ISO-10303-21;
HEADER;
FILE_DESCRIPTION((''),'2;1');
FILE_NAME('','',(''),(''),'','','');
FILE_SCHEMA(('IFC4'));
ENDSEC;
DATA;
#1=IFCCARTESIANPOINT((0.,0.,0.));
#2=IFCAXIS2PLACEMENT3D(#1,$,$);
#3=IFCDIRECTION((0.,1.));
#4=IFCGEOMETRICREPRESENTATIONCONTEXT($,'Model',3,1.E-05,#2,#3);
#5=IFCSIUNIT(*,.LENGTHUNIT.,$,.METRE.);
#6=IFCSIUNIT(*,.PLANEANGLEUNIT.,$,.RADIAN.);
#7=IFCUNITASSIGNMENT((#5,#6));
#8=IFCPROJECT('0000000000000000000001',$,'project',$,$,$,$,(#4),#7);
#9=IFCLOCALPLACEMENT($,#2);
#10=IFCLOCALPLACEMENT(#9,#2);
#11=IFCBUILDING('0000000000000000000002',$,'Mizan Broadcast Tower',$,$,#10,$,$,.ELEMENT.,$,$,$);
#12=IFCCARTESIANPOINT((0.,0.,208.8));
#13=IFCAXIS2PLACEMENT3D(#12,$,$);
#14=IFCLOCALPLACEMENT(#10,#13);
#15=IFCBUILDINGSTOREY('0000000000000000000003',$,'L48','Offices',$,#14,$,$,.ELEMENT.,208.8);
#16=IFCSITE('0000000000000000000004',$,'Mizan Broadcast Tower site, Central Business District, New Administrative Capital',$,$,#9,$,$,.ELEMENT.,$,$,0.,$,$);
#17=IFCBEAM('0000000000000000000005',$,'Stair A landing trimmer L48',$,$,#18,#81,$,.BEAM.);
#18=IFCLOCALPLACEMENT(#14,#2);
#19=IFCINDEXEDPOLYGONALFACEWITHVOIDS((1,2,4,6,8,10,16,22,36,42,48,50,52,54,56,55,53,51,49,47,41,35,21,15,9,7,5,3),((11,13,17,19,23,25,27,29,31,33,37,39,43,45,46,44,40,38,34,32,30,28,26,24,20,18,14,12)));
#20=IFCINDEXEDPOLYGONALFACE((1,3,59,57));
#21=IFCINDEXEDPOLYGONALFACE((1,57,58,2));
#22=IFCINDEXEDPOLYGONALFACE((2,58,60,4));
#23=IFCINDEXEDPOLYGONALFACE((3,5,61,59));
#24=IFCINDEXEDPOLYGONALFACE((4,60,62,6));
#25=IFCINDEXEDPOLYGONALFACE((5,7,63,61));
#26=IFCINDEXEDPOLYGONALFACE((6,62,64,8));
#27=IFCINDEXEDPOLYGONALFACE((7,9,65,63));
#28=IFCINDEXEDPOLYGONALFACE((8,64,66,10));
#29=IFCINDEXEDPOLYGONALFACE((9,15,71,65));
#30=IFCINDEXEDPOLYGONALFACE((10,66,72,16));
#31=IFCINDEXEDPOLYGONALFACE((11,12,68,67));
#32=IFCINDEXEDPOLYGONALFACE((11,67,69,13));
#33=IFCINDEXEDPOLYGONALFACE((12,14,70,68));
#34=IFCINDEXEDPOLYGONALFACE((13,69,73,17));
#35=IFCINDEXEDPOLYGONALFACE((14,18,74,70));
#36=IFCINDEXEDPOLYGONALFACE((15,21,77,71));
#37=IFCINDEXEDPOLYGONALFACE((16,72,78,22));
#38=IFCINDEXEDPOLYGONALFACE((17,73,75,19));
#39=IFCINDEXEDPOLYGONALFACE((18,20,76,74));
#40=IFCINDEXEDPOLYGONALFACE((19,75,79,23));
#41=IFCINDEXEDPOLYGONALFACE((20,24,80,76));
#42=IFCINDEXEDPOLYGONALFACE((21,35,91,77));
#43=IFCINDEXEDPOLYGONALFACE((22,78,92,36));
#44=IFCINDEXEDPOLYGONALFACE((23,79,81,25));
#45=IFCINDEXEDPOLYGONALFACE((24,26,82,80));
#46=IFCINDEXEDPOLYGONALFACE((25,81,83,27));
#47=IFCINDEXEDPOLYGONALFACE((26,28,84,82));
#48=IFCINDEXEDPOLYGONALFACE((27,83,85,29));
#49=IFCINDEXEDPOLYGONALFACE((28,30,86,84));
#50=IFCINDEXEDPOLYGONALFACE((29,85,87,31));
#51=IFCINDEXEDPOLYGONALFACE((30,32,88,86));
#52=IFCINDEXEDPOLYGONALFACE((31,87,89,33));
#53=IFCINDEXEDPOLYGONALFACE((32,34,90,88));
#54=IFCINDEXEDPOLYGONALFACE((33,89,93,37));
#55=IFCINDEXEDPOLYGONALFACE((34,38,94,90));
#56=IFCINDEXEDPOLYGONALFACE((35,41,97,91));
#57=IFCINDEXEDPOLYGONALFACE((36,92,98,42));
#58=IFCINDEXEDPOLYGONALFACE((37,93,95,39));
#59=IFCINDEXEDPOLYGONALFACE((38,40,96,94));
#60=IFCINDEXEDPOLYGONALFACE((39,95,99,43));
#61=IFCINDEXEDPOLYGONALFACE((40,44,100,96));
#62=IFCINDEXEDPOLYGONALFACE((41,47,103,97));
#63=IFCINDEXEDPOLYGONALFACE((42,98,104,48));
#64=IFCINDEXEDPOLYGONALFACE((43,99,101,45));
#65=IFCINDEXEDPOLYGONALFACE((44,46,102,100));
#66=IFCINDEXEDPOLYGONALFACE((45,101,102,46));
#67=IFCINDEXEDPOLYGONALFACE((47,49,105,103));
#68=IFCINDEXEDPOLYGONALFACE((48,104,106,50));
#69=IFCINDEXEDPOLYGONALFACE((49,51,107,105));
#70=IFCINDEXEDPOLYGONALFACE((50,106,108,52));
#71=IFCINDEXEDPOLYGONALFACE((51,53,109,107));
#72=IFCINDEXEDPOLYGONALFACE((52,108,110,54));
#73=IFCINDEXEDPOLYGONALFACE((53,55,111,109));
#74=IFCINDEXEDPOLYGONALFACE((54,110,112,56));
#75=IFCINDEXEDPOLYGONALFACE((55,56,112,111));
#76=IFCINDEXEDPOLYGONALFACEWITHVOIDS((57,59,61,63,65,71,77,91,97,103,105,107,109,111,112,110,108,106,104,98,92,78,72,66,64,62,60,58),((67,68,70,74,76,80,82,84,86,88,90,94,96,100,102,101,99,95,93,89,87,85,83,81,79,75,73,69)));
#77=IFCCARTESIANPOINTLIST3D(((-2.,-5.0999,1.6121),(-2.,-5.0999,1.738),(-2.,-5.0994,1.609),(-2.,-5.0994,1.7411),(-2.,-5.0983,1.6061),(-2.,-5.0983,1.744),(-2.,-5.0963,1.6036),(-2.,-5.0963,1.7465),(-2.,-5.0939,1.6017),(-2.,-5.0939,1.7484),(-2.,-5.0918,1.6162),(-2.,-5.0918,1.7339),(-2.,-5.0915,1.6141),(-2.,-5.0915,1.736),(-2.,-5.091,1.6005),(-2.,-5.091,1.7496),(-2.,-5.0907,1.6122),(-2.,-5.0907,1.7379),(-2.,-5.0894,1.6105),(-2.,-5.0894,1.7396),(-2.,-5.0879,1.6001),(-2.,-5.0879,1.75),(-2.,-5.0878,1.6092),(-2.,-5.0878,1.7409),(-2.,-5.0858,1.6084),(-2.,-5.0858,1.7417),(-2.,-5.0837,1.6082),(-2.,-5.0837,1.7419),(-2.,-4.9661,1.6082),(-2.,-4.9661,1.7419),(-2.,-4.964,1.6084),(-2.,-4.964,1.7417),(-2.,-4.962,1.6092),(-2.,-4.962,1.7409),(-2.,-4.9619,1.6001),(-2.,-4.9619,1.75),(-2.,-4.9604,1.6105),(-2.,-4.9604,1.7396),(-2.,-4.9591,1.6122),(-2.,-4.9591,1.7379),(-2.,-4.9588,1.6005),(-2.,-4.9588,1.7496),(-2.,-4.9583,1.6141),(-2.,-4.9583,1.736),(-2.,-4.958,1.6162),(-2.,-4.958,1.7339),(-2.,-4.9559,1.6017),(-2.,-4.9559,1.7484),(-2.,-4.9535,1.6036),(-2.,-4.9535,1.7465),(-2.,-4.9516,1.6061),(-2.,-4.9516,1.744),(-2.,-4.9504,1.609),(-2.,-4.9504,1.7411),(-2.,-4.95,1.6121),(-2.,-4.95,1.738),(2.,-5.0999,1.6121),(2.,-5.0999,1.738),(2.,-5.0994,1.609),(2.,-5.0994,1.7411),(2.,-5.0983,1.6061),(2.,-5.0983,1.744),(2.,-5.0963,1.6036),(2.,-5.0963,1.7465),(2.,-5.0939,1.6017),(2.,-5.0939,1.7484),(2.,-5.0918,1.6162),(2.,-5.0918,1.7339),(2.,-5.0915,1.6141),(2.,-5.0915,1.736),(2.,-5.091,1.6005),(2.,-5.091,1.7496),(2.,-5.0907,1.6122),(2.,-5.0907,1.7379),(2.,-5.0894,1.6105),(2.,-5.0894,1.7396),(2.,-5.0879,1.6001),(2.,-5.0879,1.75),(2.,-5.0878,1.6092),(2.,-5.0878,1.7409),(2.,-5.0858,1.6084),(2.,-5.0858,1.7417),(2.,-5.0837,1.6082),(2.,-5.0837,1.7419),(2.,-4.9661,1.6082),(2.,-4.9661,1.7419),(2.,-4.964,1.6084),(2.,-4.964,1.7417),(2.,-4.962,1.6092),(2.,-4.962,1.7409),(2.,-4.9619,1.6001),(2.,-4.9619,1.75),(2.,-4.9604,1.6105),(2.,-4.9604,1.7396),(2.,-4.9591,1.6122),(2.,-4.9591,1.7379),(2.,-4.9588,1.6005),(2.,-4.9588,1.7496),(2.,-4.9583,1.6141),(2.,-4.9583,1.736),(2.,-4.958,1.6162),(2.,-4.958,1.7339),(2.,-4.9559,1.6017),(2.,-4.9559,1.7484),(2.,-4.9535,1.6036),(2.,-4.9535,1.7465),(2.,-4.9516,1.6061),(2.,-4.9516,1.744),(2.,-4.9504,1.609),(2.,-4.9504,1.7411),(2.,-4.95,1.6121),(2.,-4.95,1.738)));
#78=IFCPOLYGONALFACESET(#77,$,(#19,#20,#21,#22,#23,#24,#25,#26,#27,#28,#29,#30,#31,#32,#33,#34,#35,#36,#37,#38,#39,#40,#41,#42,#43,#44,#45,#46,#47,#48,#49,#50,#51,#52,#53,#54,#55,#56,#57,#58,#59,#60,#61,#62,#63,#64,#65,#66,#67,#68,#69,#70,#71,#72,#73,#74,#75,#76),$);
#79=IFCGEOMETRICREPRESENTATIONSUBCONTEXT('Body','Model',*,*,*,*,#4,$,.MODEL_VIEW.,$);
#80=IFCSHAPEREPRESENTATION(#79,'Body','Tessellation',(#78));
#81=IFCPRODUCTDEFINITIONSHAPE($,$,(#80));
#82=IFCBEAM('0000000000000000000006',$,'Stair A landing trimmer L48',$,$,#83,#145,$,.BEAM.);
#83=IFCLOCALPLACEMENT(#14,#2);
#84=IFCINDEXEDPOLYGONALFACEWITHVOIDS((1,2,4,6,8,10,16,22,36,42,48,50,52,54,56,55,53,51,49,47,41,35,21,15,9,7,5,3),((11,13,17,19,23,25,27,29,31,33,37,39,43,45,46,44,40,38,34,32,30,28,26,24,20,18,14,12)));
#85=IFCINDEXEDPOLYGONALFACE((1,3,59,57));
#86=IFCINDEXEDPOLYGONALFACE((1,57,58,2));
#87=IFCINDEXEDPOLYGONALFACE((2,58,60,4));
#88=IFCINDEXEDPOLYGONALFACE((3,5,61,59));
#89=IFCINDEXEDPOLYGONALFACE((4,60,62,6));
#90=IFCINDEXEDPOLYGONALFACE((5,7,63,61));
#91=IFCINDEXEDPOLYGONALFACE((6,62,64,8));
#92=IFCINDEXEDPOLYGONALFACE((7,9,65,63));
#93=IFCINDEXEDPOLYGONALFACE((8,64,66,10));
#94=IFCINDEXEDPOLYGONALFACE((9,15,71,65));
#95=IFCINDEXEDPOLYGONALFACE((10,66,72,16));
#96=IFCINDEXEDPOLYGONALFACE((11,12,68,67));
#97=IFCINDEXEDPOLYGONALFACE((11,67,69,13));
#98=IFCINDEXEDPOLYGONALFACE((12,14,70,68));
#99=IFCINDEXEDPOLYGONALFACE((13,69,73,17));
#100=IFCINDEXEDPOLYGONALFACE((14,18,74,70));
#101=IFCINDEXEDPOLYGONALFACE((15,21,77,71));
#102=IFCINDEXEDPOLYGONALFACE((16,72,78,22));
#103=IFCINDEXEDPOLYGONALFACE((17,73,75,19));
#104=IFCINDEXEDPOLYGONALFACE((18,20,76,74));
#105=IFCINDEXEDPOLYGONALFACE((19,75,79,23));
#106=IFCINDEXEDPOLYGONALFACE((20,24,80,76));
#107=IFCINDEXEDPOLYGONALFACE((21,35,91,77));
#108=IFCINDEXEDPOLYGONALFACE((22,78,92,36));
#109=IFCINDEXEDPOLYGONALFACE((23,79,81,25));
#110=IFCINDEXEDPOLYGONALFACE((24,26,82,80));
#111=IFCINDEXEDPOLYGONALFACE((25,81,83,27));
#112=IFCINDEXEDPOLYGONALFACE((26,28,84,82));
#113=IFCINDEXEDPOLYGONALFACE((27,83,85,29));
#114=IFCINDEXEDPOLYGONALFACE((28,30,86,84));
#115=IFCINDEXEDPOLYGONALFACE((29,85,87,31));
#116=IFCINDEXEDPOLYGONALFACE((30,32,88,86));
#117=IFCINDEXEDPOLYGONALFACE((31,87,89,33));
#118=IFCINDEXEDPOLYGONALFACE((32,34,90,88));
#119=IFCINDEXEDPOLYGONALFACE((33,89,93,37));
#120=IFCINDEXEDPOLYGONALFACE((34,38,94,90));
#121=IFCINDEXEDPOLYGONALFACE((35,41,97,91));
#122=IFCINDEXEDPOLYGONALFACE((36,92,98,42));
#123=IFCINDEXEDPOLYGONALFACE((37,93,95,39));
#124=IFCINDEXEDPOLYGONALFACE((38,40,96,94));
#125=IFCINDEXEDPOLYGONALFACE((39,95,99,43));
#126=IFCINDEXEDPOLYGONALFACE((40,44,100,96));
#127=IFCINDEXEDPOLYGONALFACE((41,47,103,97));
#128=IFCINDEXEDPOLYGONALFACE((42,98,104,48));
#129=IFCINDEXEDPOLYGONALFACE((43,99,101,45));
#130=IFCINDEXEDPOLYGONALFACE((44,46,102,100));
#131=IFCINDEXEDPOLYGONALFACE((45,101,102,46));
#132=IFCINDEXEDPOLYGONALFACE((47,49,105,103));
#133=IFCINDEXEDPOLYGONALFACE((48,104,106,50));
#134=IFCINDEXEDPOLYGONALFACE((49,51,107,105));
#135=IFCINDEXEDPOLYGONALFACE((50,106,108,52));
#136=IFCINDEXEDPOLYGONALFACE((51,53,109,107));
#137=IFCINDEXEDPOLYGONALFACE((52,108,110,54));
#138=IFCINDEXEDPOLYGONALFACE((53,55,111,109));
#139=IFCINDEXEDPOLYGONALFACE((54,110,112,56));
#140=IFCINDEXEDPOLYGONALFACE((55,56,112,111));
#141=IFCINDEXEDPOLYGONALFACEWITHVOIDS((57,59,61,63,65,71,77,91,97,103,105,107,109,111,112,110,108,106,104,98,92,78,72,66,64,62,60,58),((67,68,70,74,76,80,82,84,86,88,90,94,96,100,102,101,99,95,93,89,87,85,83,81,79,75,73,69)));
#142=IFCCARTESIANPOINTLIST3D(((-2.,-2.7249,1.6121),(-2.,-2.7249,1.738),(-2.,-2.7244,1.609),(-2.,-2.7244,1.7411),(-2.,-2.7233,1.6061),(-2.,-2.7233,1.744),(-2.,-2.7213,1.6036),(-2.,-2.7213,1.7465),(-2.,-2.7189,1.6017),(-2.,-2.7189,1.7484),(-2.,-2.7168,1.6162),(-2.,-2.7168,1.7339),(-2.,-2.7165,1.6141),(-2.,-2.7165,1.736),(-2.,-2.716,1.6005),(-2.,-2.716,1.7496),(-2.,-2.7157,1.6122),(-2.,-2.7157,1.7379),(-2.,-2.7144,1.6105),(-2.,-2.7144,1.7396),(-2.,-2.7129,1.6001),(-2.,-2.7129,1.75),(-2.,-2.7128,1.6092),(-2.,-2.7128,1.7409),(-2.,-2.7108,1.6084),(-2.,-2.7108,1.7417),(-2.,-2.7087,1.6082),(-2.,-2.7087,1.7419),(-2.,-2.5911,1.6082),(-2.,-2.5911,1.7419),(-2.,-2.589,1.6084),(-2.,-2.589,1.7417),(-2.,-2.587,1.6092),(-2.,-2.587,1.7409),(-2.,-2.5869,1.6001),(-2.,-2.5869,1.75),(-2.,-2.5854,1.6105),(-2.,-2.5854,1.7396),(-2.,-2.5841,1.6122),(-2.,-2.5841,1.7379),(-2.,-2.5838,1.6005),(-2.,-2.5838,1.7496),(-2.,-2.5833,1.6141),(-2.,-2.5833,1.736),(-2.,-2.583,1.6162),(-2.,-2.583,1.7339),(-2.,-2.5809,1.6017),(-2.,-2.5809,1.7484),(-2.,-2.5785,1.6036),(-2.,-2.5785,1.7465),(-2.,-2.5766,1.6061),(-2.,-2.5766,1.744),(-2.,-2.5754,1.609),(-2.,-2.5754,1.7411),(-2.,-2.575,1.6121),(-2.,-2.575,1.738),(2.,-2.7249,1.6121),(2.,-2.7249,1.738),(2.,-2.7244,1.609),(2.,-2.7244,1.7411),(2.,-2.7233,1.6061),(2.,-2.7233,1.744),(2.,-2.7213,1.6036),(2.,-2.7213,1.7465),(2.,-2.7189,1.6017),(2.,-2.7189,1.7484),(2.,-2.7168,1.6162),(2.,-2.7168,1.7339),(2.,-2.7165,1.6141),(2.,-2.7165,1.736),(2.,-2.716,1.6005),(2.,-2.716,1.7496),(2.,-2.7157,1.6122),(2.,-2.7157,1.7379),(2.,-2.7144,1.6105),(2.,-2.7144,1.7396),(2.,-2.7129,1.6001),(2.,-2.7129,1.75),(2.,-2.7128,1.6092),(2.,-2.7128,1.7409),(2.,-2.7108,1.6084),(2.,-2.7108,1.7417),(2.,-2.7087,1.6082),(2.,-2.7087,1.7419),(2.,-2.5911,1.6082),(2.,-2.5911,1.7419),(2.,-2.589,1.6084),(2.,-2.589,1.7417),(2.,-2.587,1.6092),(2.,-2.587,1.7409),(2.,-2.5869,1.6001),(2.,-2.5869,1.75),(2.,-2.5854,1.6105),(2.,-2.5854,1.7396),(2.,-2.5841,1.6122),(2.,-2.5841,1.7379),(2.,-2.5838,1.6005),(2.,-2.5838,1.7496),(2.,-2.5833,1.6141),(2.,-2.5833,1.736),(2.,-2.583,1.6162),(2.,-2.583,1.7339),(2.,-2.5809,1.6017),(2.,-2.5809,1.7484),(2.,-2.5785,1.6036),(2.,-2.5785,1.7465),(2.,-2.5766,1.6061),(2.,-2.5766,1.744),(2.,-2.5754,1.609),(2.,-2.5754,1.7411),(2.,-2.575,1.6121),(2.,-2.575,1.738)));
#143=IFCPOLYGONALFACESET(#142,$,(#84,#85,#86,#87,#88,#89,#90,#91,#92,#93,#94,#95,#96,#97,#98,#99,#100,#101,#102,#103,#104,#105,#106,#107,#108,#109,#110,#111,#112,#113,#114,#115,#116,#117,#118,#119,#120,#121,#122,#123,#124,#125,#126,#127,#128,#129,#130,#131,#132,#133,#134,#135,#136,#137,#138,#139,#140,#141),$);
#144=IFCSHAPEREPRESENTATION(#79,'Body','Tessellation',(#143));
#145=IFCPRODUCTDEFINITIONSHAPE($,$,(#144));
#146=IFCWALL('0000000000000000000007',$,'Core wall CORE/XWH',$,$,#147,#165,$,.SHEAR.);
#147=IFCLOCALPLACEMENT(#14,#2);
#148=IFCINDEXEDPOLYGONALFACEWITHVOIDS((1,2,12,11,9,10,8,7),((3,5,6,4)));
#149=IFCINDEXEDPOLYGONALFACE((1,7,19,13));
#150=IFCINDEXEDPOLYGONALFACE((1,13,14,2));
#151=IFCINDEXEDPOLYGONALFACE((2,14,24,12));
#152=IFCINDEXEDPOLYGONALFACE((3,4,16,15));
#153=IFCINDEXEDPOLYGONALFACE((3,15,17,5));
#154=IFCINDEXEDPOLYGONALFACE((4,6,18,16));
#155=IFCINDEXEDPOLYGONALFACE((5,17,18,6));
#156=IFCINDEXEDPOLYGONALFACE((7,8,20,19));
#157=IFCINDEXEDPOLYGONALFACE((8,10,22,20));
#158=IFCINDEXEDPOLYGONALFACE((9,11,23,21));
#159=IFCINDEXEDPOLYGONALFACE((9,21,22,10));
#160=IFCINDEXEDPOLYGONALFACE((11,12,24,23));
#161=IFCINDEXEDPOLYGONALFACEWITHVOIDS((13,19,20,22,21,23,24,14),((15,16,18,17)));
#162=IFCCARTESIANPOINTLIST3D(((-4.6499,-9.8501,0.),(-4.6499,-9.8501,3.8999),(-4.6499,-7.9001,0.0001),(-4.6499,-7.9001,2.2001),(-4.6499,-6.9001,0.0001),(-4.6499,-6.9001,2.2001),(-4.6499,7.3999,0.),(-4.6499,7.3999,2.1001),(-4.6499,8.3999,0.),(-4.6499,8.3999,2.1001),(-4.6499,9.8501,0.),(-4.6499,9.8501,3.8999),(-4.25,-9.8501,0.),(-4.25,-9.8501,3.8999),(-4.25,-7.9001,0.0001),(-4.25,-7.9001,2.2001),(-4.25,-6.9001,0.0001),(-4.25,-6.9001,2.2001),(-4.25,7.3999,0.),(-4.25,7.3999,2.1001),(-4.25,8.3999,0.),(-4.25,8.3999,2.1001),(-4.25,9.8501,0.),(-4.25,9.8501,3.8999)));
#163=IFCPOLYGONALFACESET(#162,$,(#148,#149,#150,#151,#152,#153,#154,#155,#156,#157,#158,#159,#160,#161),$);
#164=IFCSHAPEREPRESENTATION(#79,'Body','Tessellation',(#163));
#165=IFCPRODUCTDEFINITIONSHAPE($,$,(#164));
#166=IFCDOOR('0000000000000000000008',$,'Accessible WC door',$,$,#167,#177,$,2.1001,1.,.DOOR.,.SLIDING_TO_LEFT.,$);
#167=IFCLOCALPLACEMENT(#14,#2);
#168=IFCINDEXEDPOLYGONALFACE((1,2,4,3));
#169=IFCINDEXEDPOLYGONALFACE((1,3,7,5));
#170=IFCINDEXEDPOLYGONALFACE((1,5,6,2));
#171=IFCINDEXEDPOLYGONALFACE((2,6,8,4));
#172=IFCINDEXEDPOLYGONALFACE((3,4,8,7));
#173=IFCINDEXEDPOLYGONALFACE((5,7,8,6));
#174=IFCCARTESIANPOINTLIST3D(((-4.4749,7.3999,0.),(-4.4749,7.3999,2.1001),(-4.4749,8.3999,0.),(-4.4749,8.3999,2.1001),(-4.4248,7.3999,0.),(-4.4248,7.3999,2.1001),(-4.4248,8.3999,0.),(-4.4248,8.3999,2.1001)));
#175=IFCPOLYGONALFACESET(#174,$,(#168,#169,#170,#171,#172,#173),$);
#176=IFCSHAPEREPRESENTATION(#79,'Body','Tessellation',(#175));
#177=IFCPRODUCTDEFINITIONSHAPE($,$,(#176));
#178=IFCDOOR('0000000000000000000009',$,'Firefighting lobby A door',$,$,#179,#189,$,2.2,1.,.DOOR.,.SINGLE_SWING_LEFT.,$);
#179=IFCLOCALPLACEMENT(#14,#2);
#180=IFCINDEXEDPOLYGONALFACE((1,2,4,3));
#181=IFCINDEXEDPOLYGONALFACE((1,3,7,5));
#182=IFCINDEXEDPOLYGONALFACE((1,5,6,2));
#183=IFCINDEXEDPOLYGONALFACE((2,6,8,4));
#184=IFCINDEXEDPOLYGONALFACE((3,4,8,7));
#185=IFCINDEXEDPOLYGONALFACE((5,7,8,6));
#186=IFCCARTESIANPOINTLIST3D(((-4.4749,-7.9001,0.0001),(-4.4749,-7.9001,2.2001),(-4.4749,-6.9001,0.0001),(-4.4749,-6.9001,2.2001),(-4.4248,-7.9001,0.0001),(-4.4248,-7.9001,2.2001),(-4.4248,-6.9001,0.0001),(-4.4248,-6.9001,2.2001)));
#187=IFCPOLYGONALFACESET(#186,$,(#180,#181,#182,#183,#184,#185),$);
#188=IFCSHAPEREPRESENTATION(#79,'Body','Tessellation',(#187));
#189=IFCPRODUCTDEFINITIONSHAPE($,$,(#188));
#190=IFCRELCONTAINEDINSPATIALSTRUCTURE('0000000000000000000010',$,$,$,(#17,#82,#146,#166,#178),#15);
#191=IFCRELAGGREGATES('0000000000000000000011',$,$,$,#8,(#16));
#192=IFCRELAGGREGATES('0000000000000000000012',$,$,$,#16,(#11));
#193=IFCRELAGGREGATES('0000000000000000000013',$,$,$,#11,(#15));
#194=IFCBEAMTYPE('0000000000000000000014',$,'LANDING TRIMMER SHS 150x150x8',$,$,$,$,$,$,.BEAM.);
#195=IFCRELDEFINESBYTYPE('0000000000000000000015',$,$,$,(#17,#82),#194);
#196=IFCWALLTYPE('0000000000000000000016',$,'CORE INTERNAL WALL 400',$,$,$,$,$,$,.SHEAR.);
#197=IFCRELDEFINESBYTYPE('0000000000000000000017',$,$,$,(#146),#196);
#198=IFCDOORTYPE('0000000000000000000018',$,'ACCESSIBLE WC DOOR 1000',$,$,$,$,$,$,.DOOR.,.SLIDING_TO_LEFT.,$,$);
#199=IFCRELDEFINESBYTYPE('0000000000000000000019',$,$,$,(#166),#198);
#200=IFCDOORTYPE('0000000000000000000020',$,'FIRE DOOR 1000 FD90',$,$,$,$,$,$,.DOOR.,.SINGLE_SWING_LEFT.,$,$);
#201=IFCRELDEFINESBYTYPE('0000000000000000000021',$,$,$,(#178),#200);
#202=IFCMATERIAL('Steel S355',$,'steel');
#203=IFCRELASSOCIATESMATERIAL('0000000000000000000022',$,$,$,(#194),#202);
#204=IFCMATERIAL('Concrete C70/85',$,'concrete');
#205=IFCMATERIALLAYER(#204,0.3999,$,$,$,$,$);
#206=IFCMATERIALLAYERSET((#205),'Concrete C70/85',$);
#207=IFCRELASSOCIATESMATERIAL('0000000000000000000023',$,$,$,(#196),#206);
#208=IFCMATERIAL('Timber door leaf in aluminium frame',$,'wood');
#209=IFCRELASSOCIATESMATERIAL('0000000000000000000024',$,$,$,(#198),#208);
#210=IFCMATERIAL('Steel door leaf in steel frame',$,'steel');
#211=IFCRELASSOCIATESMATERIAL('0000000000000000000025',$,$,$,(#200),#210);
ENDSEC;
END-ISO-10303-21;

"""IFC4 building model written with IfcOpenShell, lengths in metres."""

from ifc_helpers import new_model, si_unit, direction, frame, frame_2d, origin, origin_2d, place, context, subcontext, project, spatial, rectangle, hollow_rectangle, extrude, material, layer, layer_set, material_profile, profile_set, type_object, element, fill, save


model = new_model("IFC4")

# Units and contexts
model_context = context("Model", 3, precision=1e-05, world=origin(), true_north=direction((0.0, 1.0)))
body_context = subcontext(model_context, "Body", "Model", "MODEL_VIEW")
ifc_project = project(units=[si_unit("LENGTHUNIT", "METRE"), si_unit("PLANEANGLEUNIT", "RADIAN")], contexts=[model_context])

# Site, building, storey
site_placement = place(None, origin())
site = spatial("IfcSite", under=ifc_project, at=site_placement, Name="Mizan Broadcast Tower site, Central Business District, New Administrative Capital", CompositionType="ELEMENT", RefElevation=0.0)
building_placement = place(site_placement, origin())
building = spatial("IfcBuilding", under=site, at=building_placement, Name="Mizan Broadcast Tower", CompositionType="ELEMENT")
storey_placement = place(building_placement, frame((0.0, 0.0, 208.8)))
storey = spatial("IfcBuildingStorey", under=building, at=storey_placement, Name="L48", Description="Offices", CompositionType="ELEMENT", Elevation=208.8)

# Beams
ifc_material_1 = material(Name="Steel S355", Category="steel")
ifc_material_profile = material_profile(ifc_material_1, hollow_rectangle(XDim=0.1499, YDim=0.1499, WallThickness=0.0081, InnerFilletRadius=0.0081, OuterFilletRadius=0.012, at=origin_2d()), Name="SHS 150x150x8")
ifc_profile_set = profile_set([ifc_material_profile], Name="Steel S355")
beam_type = type_object("IfcBeamType", Name="LANDING TRIMMER SHS 150x150x8", PredefinedType="BEAM", material=ifc_profile_set)
for number, where, z_axis, x_axis, name in (
    (1, (-2.0, -5.0249, 1.675), (1.0, 0.0, 0.0), (0.0, 1.0, 0.0), "Stair A landing trimmer L48"),
    (2, (-2.0, -2.6499, 1.675), (1.0, 0.0, 0.0), (0.0, 1.0, 0.0), "Stair A landing trimmer L48"),
):
    element("IfcBeam", number, at=place(storey_placement, frame(where, z_axis=z_axis, x_axis=x_axis)), inside=storey, type_object=beam_type, Name=name, PredefinedType="BEAM", context=body_context, shape_type="SweptSolid", body=[
        extrude(hollow_rectangle(XDim=0.1499, YDim=0.1499, WallThickness=0.0081, InnerFilletRadius=0.0081, OuterFilletRadius=0.012, at=origin_2d()), origin(), (0.0, 0.0, 1.0), 4.0),
    ])

# Wall, openings, doors
ifc_material_2 = material(Name="Concrete C70/85", Category="concrete")
ifc_layer_1 = layer(ifc_material_2, 0.3999)
ifc_layer_set_1 = layer_set([ifc_layer_1], Name="Concrete C70/85")
wall_type_1 = type_object("IfcWallType", Name="CORE INTERNAL WALL 400", PredefinedType="SHEAR", material=ifc_layer_set_1)
wall_1_placement = place(storey_placement, frame((-4.45, -9.8501, 0.0), z_axis=(0.0, 0.0, 1.0), x_axis=(0.0, 1.0, 0.0)))
wall_1 = element("IfcWall", 3, at=wall_1_placement, inside=storey, type_object=wall_type_1, Name="Core wall CORE/XWH", PredefinedType="SHEAR", context=body_context, shape_type="SweptSolid", body=[
    extrude(rectangle(XDim=19.7002, YDim=0.3999, at=frame_2d((9.8501, 0.0))), origin(), (0.0, 0.0, 1.0), 3.8999),
])
opening_1_placement = place(wall_1_placement, frame((1.95, 0.0, 0.0)))
opening_1 = element("IfcOpeningElement", 4, at=opening_1_placement, cuts=wall_1, PredefinedType="OPENING", context=body_context, shape_type="SweptSolid", body=[
    extrude(rectangle(XDim=1.0, YDim=2.2, at=frame_2d((0.5, 1.1001))), frame((0.0, 0.21, 0.0), z_axis=(0.0, -1.0, 0.0), x_axis=(1.0, 0.0, 0.0)), (0.0, 0.0, 1.0), 0.4199),
])
opening_2_placement = place(wall_1_placement, frame((17.25, 0.0, 0.0)))
opening_2 = element("IfcOpeningElement", 5, at=opening_2_placement, cuts=wall_1, PredefinedType="OPENING", context=body_context, shape_type="SweptSolid", body=[
    extrude(rectangle(XDim=1.0, YDim=2.1001, at=frame_2d((0.5, 1.05))), frame((0.0, 0.21, 0.0), z_axis=(0.0, -1.0, 0.0), x_axis=(1.0, 0.0, 0.0)), (0.0, 0.0, 1.0), 0.4199),
])
ifc_material_3 = material(Name="Timber door leaf in aluminium frame", Category="wood")
door_type_1 = type_object("IfcDoorType", Name="ACCESSIBLE WC DOOR 1000", OperationType="SLIDING_TO_LEFT", PredefinedType="DOOR", material=ifc_material_3)
door_1_placement = place(opening_2_placement, origin())
door_1 = element("IfcDoor", 6, at=door_1_placement, inside=storey, type_object=door_type_1, Name="Accessible WC door", OperationType="SLIDING_TO_LEFT", OverallHeight=2.1001, OverallWidth=1.0, PredefinedType="DOOR", context=body_context, shape_type="SweptSolid", body=[
    extrude(rectangle(XDim=1.0, YDim=2.1001, at=frame_2d((0.5, 1.05))), frame((0.0, 0.0249, 0.0), z_axis=(0.0, -1.0, 0.0), x_axis=(1.0, 0.0, 0.0)), (0.0, 0.0, 1.0), 0.05),
])
fill(opening_2, door_1)
ifc_material_4 = material(Name="Steel door leaf in steel frame", Category="steel")
door_type_2 = type_object("IfcDoorType", Name="FIRE DOOR 1000 FD90", OperationType="SINGLE_SWING_LEFT", PredefinedType="DOOR", material=ifc_material_4)
door_2_placement = place(opening_1_placement, origin())
door_2 = element("IfcDoor", 7, at=door_2_placement, inside=storey, type_object=door_type_2, Name="Firefighting lobby A door", OperationType="SINGLE_SWING_LEFT", OverallHeight=2.2, OverallWidth=1.0, PredefinedType="DOOR", context=body_context, shape_type="SweptSolid", body=[
    extrude(rectangle(XDim=1.0, YDim=2.2, at=frame_2d((0.5, 1.1001))), frame((0.0, 0.0249, 0.0), z_axis=(0.0, -1.0, 0.0), x_axis=(1.0, 0.0, 0.0)), (0.0, 0.0, 1.0), 0.05),
])
fill(opening_1, door_2)

save(model, "model.ifc")
